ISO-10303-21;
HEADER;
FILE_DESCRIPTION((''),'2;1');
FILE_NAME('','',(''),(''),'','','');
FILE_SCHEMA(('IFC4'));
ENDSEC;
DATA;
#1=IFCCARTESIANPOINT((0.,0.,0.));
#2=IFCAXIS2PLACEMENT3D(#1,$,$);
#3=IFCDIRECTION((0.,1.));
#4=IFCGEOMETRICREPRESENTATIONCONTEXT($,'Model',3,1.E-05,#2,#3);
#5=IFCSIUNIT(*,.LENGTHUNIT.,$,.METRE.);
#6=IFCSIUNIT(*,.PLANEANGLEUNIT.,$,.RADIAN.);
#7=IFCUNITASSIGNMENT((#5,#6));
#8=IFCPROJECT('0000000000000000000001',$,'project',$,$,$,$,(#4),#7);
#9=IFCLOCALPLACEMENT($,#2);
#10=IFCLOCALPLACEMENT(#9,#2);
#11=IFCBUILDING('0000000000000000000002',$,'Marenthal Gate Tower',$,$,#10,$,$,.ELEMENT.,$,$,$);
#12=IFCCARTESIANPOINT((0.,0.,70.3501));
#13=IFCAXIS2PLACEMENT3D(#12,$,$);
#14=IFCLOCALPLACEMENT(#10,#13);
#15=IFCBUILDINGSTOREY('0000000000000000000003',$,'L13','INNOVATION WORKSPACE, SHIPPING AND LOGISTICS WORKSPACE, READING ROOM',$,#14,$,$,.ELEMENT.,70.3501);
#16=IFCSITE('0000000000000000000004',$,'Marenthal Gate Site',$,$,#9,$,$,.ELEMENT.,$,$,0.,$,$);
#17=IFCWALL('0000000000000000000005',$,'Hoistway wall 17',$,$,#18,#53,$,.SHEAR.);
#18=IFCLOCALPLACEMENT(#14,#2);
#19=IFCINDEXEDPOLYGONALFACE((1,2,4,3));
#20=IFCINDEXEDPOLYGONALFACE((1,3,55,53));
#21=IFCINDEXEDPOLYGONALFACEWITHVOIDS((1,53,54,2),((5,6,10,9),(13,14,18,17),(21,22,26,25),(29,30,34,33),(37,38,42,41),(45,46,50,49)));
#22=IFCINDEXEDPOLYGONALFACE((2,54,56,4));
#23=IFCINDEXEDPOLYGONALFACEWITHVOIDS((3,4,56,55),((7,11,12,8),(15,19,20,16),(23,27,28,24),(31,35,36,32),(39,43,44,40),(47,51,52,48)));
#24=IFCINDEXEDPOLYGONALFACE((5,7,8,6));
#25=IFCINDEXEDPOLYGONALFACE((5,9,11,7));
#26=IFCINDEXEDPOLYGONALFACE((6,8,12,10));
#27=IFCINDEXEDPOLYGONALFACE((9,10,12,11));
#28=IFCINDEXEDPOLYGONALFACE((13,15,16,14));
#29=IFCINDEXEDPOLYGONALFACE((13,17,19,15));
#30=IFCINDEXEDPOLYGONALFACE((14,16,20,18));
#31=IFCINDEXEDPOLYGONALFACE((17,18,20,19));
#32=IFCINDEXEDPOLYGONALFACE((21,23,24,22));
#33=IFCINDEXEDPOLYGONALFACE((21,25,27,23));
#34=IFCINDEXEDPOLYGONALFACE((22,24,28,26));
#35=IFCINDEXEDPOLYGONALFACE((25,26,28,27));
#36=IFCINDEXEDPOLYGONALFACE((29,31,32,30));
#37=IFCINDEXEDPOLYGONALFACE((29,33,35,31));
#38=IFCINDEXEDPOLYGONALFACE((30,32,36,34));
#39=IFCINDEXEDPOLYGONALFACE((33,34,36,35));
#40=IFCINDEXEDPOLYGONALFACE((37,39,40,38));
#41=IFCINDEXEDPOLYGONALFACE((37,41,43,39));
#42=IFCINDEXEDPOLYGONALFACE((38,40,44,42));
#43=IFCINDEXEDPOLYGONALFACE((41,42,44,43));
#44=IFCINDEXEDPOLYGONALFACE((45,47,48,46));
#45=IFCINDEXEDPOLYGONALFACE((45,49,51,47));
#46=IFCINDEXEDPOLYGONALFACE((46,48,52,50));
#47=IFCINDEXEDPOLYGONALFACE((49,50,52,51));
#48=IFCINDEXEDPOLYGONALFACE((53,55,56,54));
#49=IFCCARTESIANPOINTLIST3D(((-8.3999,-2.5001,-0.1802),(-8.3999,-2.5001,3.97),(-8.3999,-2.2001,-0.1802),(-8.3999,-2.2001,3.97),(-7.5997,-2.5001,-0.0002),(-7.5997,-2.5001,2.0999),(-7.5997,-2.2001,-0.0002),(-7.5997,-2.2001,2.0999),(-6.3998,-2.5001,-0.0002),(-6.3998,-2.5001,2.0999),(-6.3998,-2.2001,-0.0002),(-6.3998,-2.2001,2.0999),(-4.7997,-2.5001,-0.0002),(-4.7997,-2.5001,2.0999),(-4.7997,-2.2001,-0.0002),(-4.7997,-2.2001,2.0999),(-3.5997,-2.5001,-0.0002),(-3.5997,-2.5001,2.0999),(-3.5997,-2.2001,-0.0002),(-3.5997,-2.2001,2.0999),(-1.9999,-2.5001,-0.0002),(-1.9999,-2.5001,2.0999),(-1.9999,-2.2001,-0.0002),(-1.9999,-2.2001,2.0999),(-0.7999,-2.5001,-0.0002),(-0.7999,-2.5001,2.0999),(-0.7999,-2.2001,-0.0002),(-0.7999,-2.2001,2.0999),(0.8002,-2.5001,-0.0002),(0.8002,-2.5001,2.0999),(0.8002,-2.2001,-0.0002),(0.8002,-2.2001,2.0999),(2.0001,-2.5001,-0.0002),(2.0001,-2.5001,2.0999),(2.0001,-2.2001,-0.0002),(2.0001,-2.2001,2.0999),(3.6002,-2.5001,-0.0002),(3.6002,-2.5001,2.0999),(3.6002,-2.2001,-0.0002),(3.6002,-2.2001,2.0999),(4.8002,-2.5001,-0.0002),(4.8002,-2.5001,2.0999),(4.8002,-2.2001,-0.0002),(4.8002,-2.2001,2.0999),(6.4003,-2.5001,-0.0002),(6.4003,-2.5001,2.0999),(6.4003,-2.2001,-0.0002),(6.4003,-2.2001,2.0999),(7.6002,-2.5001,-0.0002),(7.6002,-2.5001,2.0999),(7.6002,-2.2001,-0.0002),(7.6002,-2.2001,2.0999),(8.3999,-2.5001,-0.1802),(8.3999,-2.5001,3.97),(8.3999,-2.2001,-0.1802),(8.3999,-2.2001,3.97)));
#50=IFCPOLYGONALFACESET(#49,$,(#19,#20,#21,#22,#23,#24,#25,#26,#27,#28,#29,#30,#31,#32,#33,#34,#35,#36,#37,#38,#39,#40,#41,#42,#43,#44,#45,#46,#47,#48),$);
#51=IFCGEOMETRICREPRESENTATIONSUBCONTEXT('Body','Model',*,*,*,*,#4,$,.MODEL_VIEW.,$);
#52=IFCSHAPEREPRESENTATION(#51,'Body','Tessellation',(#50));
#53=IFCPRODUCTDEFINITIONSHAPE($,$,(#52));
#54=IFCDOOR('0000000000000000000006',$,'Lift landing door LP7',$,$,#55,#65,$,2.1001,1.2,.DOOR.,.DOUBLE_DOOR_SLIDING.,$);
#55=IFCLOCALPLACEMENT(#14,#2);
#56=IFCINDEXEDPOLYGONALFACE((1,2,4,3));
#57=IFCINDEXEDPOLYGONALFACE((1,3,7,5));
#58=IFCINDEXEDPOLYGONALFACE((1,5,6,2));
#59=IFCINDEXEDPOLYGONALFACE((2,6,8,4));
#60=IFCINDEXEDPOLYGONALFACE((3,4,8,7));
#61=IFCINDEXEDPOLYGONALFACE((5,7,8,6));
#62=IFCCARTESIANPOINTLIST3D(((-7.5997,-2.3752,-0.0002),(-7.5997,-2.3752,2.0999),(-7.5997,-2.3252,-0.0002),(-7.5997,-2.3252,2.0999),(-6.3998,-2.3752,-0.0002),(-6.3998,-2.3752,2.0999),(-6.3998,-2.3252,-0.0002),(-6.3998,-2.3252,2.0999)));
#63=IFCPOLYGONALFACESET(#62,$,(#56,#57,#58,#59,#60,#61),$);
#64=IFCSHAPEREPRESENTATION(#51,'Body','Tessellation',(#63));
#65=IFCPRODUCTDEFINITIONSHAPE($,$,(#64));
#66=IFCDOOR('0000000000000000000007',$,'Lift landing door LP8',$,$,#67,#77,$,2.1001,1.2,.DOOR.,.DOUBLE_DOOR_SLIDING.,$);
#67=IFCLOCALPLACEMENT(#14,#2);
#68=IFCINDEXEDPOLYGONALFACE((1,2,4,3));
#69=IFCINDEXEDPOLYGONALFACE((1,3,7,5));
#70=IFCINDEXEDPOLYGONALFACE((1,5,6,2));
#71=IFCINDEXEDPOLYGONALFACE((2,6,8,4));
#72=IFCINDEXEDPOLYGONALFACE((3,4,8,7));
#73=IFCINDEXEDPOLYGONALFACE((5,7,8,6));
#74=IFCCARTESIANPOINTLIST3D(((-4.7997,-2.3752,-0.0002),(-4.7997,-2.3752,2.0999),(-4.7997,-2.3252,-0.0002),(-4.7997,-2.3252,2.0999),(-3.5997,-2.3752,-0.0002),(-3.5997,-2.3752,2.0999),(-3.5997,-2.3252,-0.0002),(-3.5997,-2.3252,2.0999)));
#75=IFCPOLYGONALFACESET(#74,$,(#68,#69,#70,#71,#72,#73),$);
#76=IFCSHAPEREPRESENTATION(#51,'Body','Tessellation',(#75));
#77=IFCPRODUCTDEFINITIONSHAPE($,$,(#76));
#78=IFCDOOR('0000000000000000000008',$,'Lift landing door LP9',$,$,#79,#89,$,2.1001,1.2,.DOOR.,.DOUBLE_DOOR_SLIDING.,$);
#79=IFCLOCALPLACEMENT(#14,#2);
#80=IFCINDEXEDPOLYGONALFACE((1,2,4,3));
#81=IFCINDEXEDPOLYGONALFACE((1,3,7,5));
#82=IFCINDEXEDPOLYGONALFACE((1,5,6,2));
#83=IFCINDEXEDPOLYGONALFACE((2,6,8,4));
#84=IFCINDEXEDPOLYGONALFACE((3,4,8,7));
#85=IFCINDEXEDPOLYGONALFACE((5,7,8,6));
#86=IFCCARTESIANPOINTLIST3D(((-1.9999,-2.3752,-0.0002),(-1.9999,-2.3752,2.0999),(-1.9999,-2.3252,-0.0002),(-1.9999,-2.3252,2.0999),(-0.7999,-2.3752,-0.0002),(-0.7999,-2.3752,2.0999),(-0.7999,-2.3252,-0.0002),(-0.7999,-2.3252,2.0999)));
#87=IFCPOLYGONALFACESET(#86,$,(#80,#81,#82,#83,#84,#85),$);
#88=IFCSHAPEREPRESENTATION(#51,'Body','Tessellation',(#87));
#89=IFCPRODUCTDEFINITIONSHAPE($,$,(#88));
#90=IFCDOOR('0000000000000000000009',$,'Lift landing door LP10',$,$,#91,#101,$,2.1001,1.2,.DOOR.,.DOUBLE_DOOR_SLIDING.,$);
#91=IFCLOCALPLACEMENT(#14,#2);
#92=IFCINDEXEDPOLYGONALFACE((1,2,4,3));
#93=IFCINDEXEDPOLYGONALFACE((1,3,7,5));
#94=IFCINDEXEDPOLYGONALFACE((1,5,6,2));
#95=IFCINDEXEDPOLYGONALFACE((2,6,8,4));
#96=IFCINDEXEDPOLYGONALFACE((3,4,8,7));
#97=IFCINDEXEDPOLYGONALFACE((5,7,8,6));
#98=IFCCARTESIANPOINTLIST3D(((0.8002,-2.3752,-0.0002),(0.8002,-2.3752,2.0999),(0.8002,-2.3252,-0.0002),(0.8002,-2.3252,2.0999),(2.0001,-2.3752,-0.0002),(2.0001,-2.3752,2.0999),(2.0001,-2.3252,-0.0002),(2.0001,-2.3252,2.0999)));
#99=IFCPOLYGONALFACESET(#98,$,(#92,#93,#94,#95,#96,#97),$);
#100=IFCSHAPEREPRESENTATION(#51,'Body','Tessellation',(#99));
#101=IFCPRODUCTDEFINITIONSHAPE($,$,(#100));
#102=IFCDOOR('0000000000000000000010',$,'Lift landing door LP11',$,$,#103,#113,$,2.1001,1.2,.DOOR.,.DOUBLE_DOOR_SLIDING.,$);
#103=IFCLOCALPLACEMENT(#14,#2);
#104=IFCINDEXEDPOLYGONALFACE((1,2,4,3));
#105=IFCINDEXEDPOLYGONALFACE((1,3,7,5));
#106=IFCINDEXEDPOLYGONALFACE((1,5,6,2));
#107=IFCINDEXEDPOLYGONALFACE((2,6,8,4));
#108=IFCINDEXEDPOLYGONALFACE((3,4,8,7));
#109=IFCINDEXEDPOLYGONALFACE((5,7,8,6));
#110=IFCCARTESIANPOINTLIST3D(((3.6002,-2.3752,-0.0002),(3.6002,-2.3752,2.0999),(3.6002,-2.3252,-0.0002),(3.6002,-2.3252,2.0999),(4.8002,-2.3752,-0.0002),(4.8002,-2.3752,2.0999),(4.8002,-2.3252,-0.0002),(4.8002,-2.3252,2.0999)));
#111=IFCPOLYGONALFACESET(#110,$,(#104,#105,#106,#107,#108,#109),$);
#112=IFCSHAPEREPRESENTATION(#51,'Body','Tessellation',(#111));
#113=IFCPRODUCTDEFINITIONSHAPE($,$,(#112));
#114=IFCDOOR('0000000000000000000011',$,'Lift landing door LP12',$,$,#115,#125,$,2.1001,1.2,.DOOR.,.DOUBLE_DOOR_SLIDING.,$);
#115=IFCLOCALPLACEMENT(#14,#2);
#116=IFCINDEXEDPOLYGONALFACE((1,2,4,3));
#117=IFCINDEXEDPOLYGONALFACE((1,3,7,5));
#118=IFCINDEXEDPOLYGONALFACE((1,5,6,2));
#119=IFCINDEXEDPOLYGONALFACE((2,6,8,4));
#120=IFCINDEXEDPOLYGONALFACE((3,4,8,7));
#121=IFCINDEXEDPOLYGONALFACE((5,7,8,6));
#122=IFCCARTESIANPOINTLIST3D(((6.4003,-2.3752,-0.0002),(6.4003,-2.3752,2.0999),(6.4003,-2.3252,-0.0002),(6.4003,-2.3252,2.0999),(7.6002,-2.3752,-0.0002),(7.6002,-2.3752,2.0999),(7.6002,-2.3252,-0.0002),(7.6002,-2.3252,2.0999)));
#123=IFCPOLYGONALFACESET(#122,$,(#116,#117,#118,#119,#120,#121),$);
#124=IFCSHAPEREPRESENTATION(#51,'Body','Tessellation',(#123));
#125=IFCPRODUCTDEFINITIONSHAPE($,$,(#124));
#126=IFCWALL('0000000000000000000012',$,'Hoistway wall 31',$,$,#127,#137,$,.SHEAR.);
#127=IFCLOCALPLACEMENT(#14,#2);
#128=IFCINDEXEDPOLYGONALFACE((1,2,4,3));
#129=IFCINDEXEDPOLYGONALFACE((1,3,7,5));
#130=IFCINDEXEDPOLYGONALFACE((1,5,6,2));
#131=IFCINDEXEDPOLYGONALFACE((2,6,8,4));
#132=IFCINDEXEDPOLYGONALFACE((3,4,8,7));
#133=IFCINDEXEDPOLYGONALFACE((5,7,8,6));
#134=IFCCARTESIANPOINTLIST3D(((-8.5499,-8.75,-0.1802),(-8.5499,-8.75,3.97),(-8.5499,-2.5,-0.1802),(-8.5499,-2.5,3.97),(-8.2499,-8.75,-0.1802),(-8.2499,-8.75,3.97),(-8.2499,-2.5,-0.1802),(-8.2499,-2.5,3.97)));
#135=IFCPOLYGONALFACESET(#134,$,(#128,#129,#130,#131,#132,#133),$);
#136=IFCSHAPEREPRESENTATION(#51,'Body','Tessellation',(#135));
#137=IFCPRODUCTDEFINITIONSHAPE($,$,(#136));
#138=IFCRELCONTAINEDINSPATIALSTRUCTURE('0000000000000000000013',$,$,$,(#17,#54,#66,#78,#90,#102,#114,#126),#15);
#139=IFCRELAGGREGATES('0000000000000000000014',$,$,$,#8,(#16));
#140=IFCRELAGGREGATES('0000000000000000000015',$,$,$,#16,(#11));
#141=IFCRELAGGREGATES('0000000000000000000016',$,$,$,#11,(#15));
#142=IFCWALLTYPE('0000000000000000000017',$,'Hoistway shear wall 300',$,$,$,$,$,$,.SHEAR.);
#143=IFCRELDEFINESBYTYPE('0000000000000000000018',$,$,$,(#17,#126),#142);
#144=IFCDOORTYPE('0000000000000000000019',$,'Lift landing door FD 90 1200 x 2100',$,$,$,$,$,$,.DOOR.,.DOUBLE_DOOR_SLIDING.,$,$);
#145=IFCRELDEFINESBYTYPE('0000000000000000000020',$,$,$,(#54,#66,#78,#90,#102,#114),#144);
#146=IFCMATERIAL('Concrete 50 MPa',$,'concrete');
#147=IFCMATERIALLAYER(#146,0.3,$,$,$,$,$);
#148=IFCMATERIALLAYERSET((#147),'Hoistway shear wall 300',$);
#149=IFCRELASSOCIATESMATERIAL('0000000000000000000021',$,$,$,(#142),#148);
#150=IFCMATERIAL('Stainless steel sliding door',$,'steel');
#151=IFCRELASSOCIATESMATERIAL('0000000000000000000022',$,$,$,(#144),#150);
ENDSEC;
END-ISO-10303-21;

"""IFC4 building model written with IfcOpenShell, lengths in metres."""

from ifc_helpers import new_model, si_unit, direction, frame, frame_2d, origin, place, context, subcontext, project, spatial, rectangle, extrude, material, layer, layer_set, type_object, element, fill, save


model = new_model("IFC4")

# Units and contexts
model_context = context("Model", 3, precision=1e-05, world=origin(), true_north=direction((0.0, 1.0)))
body_context = subcontext(model_context, "Body", "Model", "MODEL_VIEW")
ifc_project = project(units=[si_unit("LENGTHUNIT", "METRE"), si_unit("PLANEANGLEUNIT", "RADIAN")], contexts=[model_context])

# Site, building, storey
site_placement = place(None, origin())
site = spatial("IfcSite", under=ifc_project, at=site_placement, Name="Marenthal Gate Site", CompositionType="ELEMENT", RefElevation=0.0)
building_placement = place(site_placement, origin())
building = spatial("IfcBuilding", under=site, at=building_placement, Name="Marenthal Gate Tower", CompositionType="ELEMENT")
storey_placement = place(building_placement, frame((0.0, 0.0, 70.3501)))
storey = spatial("IfcBuildingStorey", under=building, at=storey_placement, Name="L13", Description="INNOVATION WORKSPACE, SHIPPING AND LOGISTICS WORKSPACE, READING ROOM", CompositionType="ELEMENT", Elevation=70.3501)

# Wall, openings, doors
ifc_material_1 = material(Name="Concrete 50 MPa", Category="concrete")
ifc_layer_1 = layer(ifc_material_1, 0.3)
ifc_layer_set_1 = layer_set([ifc_layer_1], Name="Hoistway shear wall 300")
wall_type_1 = type_object("IfcWallType", Name="Hoistway shear wall 300", PredefinedType="SHEAR", material=ifc_layer_set_1)
wall_1_placement = place(storey_placement, frame((-8.3999, -2.3501, -0.1802), z_axis=(0.0, 0.0, 1.0), x_axis=(1.0, 0.0, 0.0)))
wall_1 = element("IfcWall", 1, at=wall_1_placement, inside=storey, type_object=wall_type_1, Name="Hoistway wall 17", PredefinedType="SHEAR", context=body_context, shape_type="SweptSolid", body=[
    extrude(rectangle(XDim=16.7998, YDim=0.3, at=frame_2d((8.3999, 0.0))), origin(), (0.0, 0.0, 1.0), 4.1501),
])
opening_1_placement = place(wall_1_placement, frame((0.8, 0.0, 0.1799)))
opening_1 = element("IfcOpeningElement", 2, at=opening_1_placement, cuts=wall_1, PredefinedType="OPENING", context=body_context, shape_type="SweptSolid", body=[
    extrude(rectangle(XDim=1.2, YDim=2.1001, at=frame_2d((0.6001, 1.05))), frame((0.0, 0.1602, 0.0), z_axis=(0.0, -1.0, 0.0), x_axis=(1.0, 0.0, 0.0)), (0.0, 0.0, 1.0), 0.3201),
])
opening_2_placement = place(wall_1_placement, frame((3.6001, 0.0, 0.1799)))
opening_2 = element("IfcOpeningElement", 3, at=opening_2_placement, cuts=wall_1, PredefinedType="OPENING", context=body_context, shape_type="SweptSolid", body=[
    extrude(rectangle(XDim=1.2, YDim=2.1001, at=frame_2d((0.6001, 1.05))), frame((0.0, 0.1602, 0.0), z_axis=(0.0, -1.0, 0.0), x_axis=(1.0, 0.0, 0.0)), (0.0, 0.0, 1.0), 0.3201),
])
opening_3_placement = place(wall_1_placement, frame((6.3999, 0.0, 0.1799)))
opening_3 = element("IfcOpeningElement", 4, at=opening_3_placement, cuts=wall_1, PredefinedType="OPENING", context=body_context, shape_type="SweptSolid", body=[
    extrude(rectangle(XDim=1.2, YDim=2.1001, at=frame_2d((0.6001, 1.05))), frame((0.0, 0.1602, 0.0), z_axis=(0.0, -1.0, 0.0), x_axis=(1.0, 0.0, 0.0)), (0.0, 0.0, 1.0), 0.3201),
])
opening_4_placement = place(wall_1_placement, frame((9.2, 0.0, 0.1799)))
opening_4 = element("IfcOpeningElement", 5, at=opening_4_placement, cuts=wall_1, PredefinedType="OPENING", context=body_context, shape_type="SweptSolid", body=[
    extrude(rectangle(XDim=1.2, YDim=2.1001, at=frame_2d((0.6001, 1.05))), frame((0.0, 0.1602, 0.0), z_axis=(0.0, -1.0, 0.0), x_axis=(1.0, 0.0, 0.0)), (0.0, 0.0, 1.0), 0.3201),
])
opening_5_placement = place(wall_1_placement, frame((12.0, 0.0, 0.1799)))
opening_5 = element("IfcOpeningElement", 6, at=opening_5_placement, cuts=wall_1, PredefinedType="OPENING", context=body_context, shape_type="SweptSolid", body=[
    extrude(rectangle(XDim=1.2, YDim=2.1001, at=frame_2d((0.6001, 1.05))), frame((0.0, 0.1602, 0.0), z_axis=(0.0, -1.0, 0.0), x_axis=(1.0, 0.0, 0.0)), (0.0, 0.0, 1.0), 0.3201),
])
opening_6_placement = place(wall_1_placement, frame((14.8, 0.0, 0.1799)))
opening_6 = element("IfcOpeningElement", 7, at=opening_6_placement, cuts=wall_1, PredefinedType="OPENING", context=body_context, shape_type="SweptSolid", body=[
    extrude(rectangle(XDim=1.2, YDim=2.1001, at=frame_2d((0.6001, 1.05))), frame((0.0, 0.1602, 0.0), z_axis=(0.0, -1.0, 0.0), x_axis=(1.0, 0.0, 0.0)), (0.0, 0.0, 1.0), 0.3201),
])
ifc_material_2 = material(Name="Stainless steel sliding door", Category="steel")
door_type_1 = type_object("IfcDoorType", Name="Lift landing door FD 90 1200 x 2100", OperationType="DOUBLE_DOOR_SLIDING", PredefinedType="DOOR", material=ifc_material_2)
door_1_placement = place(opening_1_placement, origin())
door_1 = element("IfcDoor", 8, at=door_1_placement, inside=storey, type_object=door_type_1, Name="Lift landing door LP7", OperationType="DOUBLE_DOOR_SLIDING", OverallHeight=2.1001, OverallWidth=1.2, PredefinedType="DOOR", context=body_context, shape_type="SweptSolid", body=[
    extrude(rectangle(XDim=1.2, YDim=2.1001, at=frame_2d((0.6001, 1.05))), frame((0.0, 0.0249, 0.0), z_axis=(0.0, -1.0, 0.0), x_axis=(1.0, 0.0, 0.0)), (0.0, 0.0, 1.0), 0.05),
])
fill(opening_1, door_1)
door_2_placement = place(opening_2_placement, origin())
door_2 = element("IfcDoor", 9, at=door_2_placement, inside=storey, type_object=door_type_1, Name="Lift landing door LP8", OperationType="DOUBLE_DOOR_SLIDING", OverallHeight=2.1001, OverallWidth=1.2, PredefinedType="DOOR", context=body_context, shape_type="SweptSolid", body=[
    extrude(rectangle(XDim=1.2, YDim=2.1001, at=frame_2d((0.6001, 1.05))), frame((0.0, 0.0249, 0.0), z_axis=(0.0, -1.0, 0.0), x_axis=(1.0, 0.0, 0.0)), (0.0, 0.0, 1.0), 0.05),
])
fill(opening_2, door_2)
door_3_placement = place(opening_3_placement, origin())
door_3 = element("IfcDoor", 10, at=door_3_placement, inside=storey, type_object=door_type_1, Name="Lift landing door LP9", OperationType="DOUBLE_DOOR_SLIDING", OverallHeight=2.1001, OverallWidth=1.2, PredefinedType="DOOR", context=body_context, shape_type="SweptSolid", body=[
    extrude(rectangle(XDim=1.2, YDim=2.1001, at=frame_2d((0.6001, 1.05))), frame((0.0, 0.0249, 0.0), z_axis=(0.0, -1.0, 0.0), x_axis=(1.0, 0.0, 0.0)), (0.0, 0.0, 1.0), 0.05),
])
fill(opening_3, door_3)
door_4_placement = place(opening_4_placement, origin())
door_4 = element("IfcDoor", 11, at=door_4_placement, inside=storey, type_object=door_type_1, Name="Lift landing door LP10", OperationType="DOUBLE_DOOR_SLIDING", OverallHeight=2.1001, OverallWidth=1.2, PredefinedType="DOOR", context=body_context, shape_type="SweptSolid", body=[
    extrude(rectangle(XDim=1.2, YDim=2.1001, at=frame_2d((0.6001, 1.05))), frame((0.0, 0.0249, 0.0), z_axis=(0.0, -1.0, 0.0), x_axis=(1.0, 0.0, 0.0)), (0.0, 0.0, 1.0), 0.05),
])
fill(opening_4, door_4)
door_5_placement = place(opening_5_placement, origin())
door_5 = element("IfcDoor", 12, at=door_5_placement, inside=storey, type_object=door_type_1, Name="Lift landing door LP11", OperationType="DOUBLE_DOOR_SLIDING", OverallHeight=2.1001, OverallWidth=1.2, PredefinedType="DOOR", context=body_context, shape_type="SweptSolid", body=[
    extrude(rectangle(XDim=1.2, YDim=2.1001, at=frame_2d((0.6001, 1.05))), frame((0.0, 0.0249, 0.0), z_axis=(0.0, -1.0, 0.0), x_axis=(1.0, 0.0, 0.0)), (0.0, 0.0, 1.0), 0.05),
])
fill(opening_5, door_5)
door_6_placement = place(opening_6_placement, origin())
door_6 = element("IfcDoor", 13, at=door_6_placement, inside=storey, type_object=door_type_1, Name="Lift landing door LP12", OperationType="DOUBLE_DOOR_SLIDING", OverallHeight=2.1001, OverallWidth=1.2, PredefinedType="DOOR", context=body_context, shape_type="SweptSolid", body=[
    extrude(rectangle(XDim=1.2, YDim=2.1001, at=frame_2d((0.6001, 1.05))), frame((0.0, 0.0249, 0.0), z_axis=(0.0, -1.0, 0.0), x_axis=(1.0, 0.0, 0.0)), (0.0, 0.0, 1.0), 0.05),
])
fill(opening_6, door_6)

# Wall
wall_2_placement = place(storey_placement, frame((-8.3999, -8.75, -0.1802), z_axis=(0.0, 0.0, 1.0), x_axis=(0.0, 1.0, 0.0)))
element("IfcWall", 14, at=wall_2_placement, inside=storey, type_object=wall_type_1, Name="Hoistway wall 31", PredefinedType="SHEAR", context=body_context, shape_type="SweptSolid", body=[
    extrude(rectangle(XDim=6.25, YDim=0.3, at=frame_2d((3.125, 0.0))), origin(), (0.0, 0.0, 1.0), 4.1501),
])

save(model, "model.ifc")
